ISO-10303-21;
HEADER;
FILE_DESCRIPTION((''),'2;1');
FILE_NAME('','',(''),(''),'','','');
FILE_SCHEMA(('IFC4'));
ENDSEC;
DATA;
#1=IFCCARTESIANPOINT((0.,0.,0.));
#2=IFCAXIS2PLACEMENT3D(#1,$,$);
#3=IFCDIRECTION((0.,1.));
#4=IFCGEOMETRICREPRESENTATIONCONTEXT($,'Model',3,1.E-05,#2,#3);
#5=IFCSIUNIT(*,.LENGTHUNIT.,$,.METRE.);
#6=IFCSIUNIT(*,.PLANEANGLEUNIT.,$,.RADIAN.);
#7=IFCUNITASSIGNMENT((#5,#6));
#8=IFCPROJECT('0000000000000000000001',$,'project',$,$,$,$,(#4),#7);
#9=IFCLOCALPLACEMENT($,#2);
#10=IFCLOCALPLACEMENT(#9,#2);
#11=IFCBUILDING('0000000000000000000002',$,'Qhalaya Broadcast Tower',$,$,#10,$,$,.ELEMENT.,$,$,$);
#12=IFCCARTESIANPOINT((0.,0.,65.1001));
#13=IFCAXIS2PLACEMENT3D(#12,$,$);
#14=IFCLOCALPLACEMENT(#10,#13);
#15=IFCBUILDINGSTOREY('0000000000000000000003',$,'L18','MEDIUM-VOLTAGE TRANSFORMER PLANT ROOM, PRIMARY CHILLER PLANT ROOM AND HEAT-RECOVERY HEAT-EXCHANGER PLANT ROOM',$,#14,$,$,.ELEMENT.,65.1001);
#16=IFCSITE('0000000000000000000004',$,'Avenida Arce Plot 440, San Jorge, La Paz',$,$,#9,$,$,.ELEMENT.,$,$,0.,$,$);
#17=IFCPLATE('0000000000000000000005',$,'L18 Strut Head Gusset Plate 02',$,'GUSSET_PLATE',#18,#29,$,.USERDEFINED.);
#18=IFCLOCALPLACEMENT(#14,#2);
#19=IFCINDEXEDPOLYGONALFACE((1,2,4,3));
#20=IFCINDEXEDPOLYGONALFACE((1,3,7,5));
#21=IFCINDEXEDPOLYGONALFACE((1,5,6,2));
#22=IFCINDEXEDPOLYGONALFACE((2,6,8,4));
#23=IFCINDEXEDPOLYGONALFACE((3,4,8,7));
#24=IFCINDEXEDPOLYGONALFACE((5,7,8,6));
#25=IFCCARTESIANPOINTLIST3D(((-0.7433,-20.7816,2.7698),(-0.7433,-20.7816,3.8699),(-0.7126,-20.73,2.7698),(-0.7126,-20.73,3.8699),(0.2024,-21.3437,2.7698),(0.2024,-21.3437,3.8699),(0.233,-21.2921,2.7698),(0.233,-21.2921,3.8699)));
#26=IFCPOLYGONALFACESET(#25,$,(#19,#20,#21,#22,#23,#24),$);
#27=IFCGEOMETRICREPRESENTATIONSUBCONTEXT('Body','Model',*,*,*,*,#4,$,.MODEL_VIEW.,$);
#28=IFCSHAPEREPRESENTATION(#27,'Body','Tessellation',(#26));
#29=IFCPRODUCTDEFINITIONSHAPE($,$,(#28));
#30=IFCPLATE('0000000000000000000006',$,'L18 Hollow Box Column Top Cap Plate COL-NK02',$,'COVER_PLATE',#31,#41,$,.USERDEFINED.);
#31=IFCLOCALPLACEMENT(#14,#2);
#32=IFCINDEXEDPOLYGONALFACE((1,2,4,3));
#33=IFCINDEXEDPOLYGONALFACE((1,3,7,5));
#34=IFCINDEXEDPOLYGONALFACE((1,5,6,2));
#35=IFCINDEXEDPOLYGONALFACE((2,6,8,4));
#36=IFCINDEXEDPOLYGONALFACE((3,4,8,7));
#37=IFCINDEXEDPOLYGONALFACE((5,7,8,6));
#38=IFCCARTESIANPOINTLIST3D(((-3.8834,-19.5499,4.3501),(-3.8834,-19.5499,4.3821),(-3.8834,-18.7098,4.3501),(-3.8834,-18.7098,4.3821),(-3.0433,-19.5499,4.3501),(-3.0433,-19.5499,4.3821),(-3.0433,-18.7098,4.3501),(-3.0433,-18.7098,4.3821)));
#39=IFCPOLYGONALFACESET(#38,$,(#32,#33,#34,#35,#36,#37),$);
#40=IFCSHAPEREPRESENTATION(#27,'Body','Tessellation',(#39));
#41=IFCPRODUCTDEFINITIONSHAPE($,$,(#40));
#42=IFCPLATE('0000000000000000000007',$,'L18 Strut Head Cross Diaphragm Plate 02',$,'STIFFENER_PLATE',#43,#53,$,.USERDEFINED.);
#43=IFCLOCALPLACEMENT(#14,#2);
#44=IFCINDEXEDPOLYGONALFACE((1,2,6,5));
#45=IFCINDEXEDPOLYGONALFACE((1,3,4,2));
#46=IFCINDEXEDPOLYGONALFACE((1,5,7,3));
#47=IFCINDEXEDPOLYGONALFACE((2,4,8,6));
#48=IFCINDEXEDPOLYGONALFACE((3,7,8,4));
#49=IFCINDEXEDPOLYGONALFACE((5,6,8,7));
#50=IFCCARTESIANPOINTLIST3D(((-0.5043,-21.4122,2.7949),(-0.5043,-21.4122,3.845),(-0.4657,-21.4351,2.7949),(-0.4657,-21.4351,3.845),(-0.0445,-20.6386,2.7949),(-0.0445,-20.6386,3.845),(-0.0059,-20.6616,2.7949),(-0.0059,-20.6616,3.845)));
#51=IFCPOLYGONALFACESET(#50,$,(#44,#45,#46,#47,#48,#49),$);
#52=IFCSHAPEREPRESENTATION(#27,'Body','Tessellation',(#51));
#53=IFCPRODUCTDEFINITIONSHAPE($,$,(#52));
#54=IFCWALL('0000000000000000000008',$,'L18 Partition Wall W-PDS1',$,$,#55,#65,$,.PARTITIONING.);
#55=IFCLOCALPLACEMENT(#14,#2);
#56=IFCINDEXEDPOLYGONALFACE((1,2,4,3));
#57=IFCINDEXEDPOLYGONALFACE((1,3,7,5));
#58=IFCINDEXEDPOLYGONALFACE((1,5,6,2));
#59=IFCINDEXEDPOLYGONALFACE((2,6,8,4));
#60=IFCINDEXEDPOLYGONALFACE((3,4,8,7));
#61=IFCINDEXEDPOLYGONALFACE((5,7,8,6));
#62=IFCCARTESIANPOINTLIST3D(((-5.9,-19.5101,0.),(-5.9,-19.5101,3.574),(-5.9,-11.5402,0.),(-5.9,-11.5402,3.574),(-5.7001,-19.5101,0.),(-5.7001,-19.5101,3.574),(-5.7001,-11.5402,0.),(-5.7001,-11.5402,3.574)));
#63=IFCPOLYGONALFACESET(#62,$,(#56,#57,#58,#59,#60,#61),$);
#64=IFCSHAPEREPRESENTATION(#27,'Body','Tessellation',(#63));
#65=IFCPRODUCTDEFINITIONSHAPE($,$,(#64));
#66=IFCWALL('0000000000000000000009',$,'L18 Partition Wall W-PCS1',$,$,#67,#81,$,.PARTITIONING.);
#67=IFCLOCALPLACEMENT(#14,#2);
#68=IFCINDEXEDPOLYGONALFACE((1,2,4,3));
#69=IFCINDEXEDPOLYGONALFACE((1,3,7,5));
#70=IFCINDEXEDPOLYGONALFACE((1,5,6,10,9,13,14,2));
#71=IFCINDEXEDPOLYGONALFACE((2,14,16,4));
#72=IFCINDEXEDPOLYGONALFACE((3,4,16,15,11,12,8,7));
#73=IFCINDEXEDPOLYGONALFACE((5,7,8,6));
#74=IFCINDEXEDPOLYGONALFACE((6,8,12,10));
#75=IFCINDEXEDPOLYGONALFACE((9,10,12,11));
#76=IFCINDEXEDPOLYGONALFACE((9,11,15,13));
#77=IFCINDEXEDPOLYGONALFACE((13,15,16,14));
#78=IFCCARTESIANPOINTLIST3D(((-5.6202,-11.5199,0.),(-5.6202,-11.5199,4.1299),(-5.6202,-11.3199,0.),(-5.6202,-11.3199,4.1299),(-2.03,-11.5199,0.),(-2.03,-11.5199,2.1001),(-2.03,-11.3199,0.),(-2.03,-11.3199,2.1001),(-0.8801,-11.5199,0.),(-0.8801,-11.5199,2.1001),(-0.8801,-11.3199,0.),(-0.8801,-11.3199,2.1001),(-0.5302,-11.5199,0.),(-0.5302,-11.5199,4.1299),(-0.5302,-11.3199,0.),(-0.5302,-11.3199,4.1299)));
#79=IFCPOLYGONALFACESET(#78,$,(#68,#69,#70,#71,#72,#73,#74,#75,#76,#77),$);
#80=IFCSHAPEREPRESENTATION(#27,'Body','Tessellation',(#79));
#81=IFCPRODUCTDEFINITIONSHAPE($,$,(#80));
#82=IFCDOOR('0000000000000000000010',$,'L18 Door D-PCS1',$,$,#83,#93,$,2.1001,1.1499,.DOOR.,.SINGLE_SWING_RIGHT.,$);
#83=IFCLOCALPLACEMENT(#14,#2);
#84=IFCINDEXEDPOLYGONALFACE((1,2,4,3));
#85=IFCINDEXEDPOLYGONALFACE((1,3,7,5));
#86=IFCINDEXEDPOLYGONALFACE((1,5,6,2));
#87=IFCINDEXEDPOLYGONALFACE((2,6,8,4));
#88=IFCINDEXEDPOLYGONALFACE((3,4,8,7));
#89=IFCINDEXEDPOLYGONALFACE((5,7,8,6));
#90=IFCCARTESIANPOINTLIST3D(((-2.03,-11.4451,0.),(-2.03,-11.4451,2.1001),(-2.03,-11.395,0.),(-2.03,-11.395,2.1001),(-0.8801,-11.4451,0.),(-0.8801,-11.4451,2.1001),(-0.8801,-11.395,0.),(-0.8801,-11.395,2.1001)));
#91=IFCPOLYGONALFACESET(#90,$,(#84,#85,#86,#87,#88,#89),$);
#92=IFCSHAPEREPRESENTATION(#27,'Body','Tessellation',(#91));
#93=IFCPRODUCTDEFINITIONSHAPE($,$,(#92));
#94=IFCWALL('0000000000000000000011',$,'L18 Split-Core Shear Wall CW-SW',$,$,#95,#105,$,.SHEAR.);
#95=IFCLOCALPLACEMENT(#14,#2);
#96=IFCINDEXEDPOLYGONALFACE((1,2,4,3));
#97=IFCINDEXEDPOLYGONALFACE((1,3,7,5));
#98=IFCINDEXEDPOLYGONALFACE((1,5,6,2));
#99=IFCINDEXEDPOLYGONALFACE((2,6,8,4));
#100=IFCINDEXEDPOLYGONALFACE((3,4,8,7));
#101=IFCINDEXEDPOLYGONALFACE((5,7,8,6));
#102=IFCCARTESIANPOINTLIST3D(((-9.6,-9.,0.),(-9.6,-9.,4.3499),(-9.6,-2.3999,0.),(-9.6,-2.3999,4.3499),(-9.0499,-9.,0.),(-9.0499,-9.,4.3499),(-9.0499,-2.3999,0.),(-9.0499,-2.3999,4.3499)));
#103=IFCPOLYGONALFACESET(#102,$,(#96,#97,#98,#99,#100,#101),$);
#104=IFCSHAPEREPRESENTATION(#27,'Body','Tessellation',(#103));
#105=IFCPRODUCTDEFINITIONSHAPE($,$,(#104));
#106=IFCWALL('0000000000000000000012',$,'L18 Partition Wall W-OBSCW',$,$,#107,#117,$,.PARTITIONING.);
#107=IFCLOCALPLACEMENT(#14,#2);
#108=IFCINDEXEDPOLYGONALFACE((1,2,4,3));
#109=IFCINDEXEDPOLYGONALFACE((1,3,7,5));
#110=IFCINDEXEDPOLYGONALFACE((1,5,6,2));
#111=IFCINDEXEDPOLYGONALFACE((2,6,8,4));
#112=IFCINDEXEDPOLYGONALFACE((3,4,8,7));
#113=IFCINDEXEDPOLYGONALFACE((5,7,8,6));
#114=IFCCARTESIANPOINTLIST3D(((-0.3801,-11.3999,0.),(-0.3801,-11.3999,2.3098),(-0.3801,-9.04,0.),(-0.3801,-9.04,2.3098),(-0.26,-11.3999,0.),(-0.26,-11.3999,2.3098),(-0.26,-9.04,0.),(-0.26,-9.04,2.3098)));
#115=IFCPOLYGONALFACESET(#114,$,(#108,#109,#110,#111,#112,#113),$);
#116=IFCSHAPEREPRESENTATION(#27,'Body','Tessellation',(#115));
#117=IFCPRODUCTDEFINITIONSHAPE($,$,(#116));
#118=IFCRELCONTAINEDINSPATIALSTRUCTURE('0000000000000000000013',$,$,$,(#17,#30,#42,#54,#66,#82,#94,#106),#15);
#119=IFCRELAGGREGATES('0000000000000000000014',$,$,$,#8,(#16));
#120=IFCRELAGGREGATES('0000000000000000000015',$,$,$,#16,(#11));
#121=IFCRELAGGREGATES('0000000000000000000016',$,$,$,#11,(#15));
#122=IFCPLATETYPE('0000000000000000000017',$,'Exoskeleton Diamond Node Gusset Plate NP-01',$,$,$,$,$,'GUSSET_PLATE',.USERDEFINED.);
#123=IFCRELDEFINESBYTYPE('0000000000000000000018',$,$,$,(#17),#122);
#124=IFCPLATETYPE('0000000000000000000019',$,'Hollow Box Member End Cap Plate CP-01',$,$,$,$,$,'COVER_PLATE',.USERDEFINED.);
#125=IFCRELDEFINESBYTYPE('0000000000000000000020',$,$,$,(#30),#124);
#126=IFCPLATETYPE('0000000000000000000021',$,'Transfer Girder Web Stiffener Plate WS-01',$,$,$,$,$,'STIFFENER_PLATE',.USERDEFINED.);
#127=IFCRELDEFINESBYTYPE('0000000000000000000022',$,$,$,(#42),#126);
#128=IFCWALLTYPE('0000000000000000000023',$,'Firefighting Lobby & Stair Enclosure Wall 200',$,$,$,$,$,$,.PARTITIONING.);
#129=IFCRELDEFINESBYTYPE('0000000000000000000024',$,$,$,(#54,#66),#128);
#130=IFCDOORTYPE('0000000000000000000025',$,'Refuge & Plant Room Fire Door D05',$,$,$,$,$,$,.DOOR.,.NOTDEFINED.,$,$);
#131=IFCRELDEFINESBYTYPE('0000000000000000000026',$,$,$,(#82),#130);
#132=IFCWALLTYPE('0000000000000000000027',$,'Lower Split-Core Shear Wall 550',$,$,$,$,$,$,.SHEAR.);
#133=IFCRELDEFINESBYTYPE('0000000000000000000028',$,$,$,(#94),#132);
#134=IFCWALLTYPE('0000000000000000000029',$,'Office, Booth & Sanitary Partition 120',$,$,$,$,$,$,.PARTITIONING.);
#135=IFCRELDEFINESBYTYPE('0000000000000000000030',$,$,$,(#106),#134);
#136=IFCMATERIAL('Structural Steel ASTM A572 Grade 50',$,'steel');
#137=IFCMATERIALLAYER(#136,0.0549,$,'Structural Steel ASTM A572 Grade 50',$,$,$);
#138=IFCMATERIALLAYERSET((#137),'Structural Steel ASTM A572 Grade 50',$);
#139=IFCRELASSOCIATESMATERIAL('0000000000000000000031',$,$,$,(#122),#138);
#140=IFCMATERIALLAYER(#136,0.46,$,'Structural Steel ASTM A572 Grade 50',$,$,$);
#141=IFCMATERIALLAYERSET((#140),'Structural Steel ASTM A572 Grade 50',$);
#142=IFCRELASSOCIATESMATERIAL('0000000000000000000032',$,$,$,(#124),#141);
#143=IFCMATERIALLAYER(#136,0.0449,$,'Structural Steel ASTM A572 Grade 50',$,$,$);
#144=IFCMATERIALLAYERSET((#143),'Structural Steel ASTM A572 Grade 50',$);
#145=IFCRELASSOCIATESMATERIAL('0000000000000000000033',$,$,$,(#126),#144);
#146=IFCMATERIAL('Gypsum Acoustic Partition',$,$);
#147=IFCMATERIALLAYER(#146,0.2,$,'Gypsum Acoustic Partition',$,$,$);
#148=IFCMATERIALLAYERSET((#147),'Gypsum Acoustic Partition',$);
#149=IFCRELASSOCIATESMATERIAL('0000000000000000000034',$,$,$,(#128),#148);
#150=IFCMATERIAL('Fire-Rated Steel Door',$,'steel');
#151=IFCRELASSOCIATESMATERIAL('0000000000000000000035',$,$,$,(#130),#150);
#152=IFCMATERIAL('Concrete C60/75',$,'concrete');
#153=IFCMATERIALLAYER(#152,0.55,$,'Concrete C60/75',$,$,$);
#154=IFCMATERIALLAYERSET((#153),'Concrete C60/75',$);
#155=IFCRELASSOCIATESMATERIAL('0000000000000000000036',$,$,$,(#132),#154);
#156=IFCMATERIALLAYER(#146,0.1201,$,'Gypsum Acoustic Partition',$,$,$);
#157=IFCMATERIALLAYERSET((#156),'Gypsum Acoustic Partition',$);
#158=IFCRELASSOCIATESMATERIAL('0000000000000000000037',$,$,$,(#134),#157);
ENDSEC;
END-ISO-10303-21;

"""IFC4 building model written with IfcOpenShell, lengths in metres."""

from ifc_helpers import new_model, si_unit, direction, frame, frame_2d, origin, origin_2d, place, context, subcontext, project, spatial, rectangle, extrude, material, layer, layer_set, type_object, element, fill, save


model = new_model("IFC4")

# Units and contexts
model_context = context("Model", 3, precision=1e-05, world=origin(), true_north=direction((0.0, 1.0)))
body_context = subcontext(model_context, "Body", "Model", "MODEL_VIEW")
ifc_project = project(units=[si_unit("LENGTHUNIT", "METRE"), si_unit("PLANEANGLEUNIT", "RADIAN")], contexts=[model_context])

# Site, building, storey
site_placement = place(None, origin())
site = spatial("IfcSite", under=ifc_project, at=site_placement, Name="Avenida Arce Plot 440, San Jorge, La Paz", CompositionType="ELEMENT", RefElevation=0.0)
building_placement = place(site_placement, origin())
building = spatial("IfcBuilding", under=site, at=building_placement, Name="Qhalaya Broadcast Tower", CompositionType="ELEMENT")
storey_placement = place(building_placement, frame((0.0, 0.0, 65.1001)))
storey = spatial("IfcBuildingStorey", under=building, at=storey_placement, Name="L18", Description="MEDIUM-VOLTAGE TRANSFORMER PLANT ROOM, PRIMARY CHILLER PLANT ROOM AND HEAT-RECOVERY HEAT-EXCHANGER PLANT ROOM", CompositionType="ELEMENT", Elevation=65.1001)

# Shared definitions
ifc_material_1 = material(Name="Structural Steel ASTM A572 Grade 50", Category="steel")

# Plates
ifc_layer_1 = layer(ifc_material_1, 0.0549, Name="Structural Steel ASTM A572 Grade 50")
ifc_layer_set_1 = layer_set([ifc_layer_1], Name="Structural Steel ASTM A572 Grade 50")
plate_type_1 = type_object("IfcPlateType", Name="Exoskeleton Diamond Node Gusset Plate NP-01", ElementType="GUSSET_PLATE", PredefinedType="USERDEFINED", material=ifc_layer_set_1)
for number, where, z_axis, x_axis, name in (
    (1, (-0.2551, -21.0369, 2.7698), (0.0, 0.0, 1.0), (0.859612, -0.510948, 0.0), "L18 Strut Head Gusset Plate 02"),
):
    element("IfcPlate", number, at=place(storey_placement, frame(where, z_axis=z_axis, x_axis=x_axis)), inside=storey, type_object=plate_type_1, Name=name, ObjectType="GUSSET_PLATE", PredefinedType="USERDEFINED", context=body_context, shape_type="SweptSolid", body=[
        extrude(rectangle(XDim=1.1001, YDim=0.0601, at=origin_2d()), origin(), (0.0, 0.0, 1.0), 1.1001),
    ])
ifc_layer_2 = layer(ifc_material_1, 0.46, Name="Structural Steel ASTM A572 Grade 50")
ifc_layer_set_2 = layer_set([ifc_layer_2], Name="Structural Steel ASTM A572 Grade 50")
plate_type_2 = type_object("IfcPlateType", Name="Hollow Box Member End Cap Plate CP-01", ElementType="COVER_PLATE", PredefinedType="USERDEFINED", material=ifc_layer_set_2)
plate_1_placement = place(storey_placement, frame((-3.4634, -19.1299, 4.3501), z_axis=(0.0, 0.0, 1.0), x_axis=(1.0, 0.0, 0.0)))
element("IfcPlate", 2, at=plate_1_placement, inside=storey, type_object=plate_type_2, Name="L18 Hollow Box Column Top Cap Plate COL-NK02", ObjectType="COVER_PLATE", PredefinedType="USERDEFINED", context=body_context, shape_type="SweptSolid", body=[
    extrude(rectangle(XDim=0.8401, YDim=0.8401, at=origin_2d()), origin(), (0.0, 0.0, 1.0), 0.032),
])
ifc_layer_3 = layer(ifc_material_1, 0.0449, Name="Structural Steel ASTM A572 Grade 50")
ifc_layer_set_3 = layer_set([ifc_layer_3], Name="Structural Steel ASTM A572 Grade 50")
plate_type_3 = type_object("IfcPlateType", Name="Transfer Girder Web Stiffener Plate WS-01", ElementType="STIFFENER_PLATE", PredefinedType="USERDEFINED", material=ifc_layer_set_3)
plate_2_placement = place(storey_placement, frame((-0.2551, -21.0369, 2.7949), z_axis=(0.0, 0.0, 1.0), x_axis=(0.510948, 0.859612, 0.0)))
element("IfcPlate", 3, at=plate_2_placement, inside=storey, type_object=plate_type_3, Name="L18 Strut Head Cross Diaphragm Plate 02", ObjectType="STIFFENER_PLATE", PredefinedType="USERDEFINED", context=body_context, shape_type="SweptSolid", body=[
    extrude(rectangle(XDim=0.8999, YDim=0.0449, at=origin_2d()), origin(), (0.0, 0.0, 1.0), 1.05),
])

# Wall
ifc_material_2 = material(Name="Gypsum Acoustic Partition")
ifc_layer_4 = layer(ifc_material_2, 0.2, Name="Gypsum Acoustic Partition")
ifc_layer_set_4 = layer_set([ifc_layer_4], Name="Gypsum Acoustic Partition")
wall_type_1 = type_object("IfcWallType", Name="Firefighting Lobby & Stair Enclosure Wall 200", PredefinedType="PARTITIONING", material=ifc_layer_set_4)
wall_1_placement = place(storey_placement, frame((-5.8, -19.51, 0.0), z_axis=(0.0, 0.0, 1.0), x_axis=(0.0, 1.0, 0.0)))
element("IfcWall", 4, at=wall_1_placement, inside=storey, type_object=wall_type_1, Name="L18 Partition Wall W-PDS1", PredefinedType="PARTITIONING", context=body_context, shape_type="SweptSolid", body=[
    extrude(rectangle(XDim=7.97, YDim=0.2, at=frame_2d((3.9849, 0.0))), origin(), (0.0, 0.0, 1.0), 3.574),
])

# Wall, opening, door
wall_2_placement = place(storey_placement, frame((-5.6201, -11.4199, 0.0), z_axis=(0.0, 0.0, 1.0), x_axis=(1.0, 0.0, 0.0)))
wall_2 = element("IfcWall", 5, at=wall_2_placement, inside=storey, type_object=wall_type_1, Name="L18 Partition Wall W-PCS1", PredefinedType="PARTITIONING", context=body_context, shape_type="SweptSolid", body=[
    extrude(rectangle(XDim=5.0901, YDim=0.2, at=frame_2d((2.5449, 0.0))), origin(), (0.0, 0.0, 1.0), 4.1299),
])
opening_placement = place(wall_2_placement, frame((3.5901, 0.0, 0.0)))
opening = element("IfcOpeningElement", 6, at=opening_placement, cuts=wall_2, PredefinedType="OPENING", context=body_context, shape_type="SweptSolid", body=[
    extrude(rectangle(XDim=1.1499, YDim=2.1001, at=frame_2d((0.575, 1.05))), frame((0.0, 0.1121, 0.0), z_axis=(0.0, -1.0, 0.0), x_axis=(1.0, 0.0, 0.0)), (0.0, 0.0, 1.0), 0.2239),
])
ifc_material_3 = material(Name="Fire-Rated Steel Door", Category="steel")
door_type = type_object("IfcDoorType", Name="Refuge & Plant Room Fire Door D05", OperationType="NOTDEFINED", PredefinedType="DOOR", material=ifc_material_3)
door_placement = place(opening_placement, origin())
door = element("IfcDoor", 7, at=door_placement, inside=storey, type_object=door_type, Name="L18 Door D-PCS1", OperationType="SINGLE_SWING_RIGHT", OverallHeight=2.1001, OverallWidth=1.1499, PredefinedType="DOOR", context=body_context, shape_type="SweptSolid", body=[
    extrude(rectangle(XDim=1.1499, YDim=2.1001, at=frame_2d((0.575, 1.05))), frame((0.0, 0.0249, 0.0), z_axis=(0.0, -1.0, 0.0), x_axis=(1.0, 0.0, 0.0)), (0.0, 0.0, 1.0), 0.05),
])
fill(opening, door)

# Walls
ifc_material_4 = material(Name="Concrete C60/75", Category="concrete")
ifc_layer_5 = layer(ifc_material_4, 0.55, Name="Concrete C60/75")
ifc_layer_set_5 = layer_set([ifc_layer_5], Name="Concrete C60/75")
wall_type_2 = type_object("IfcWallType", Name="Lower Split-Core Shear Wall 550", PredefinedType="SHEAR", material=ifc_layer_set_5)
wall_3_placement = place(storey_placement, frame((-9.325, -9.0, 0.0), z_axis=(0.0, 0.0, 1.0), x_axis=(0.0, 1.0, 0.0)))
element("IfcWall", 8, at=wall_3_placement, inside=storey, type_object=wall_type_2, Name="L18 Split-Core Shear Wall CW-SW", PredefinedType="SHEAR", context=body_context, shape_type="SweptSolid", body=[
    extrude(rectangle(XDim=6.6001, YDim=0.55, at=frame_2d((3.3, 0.0))), origin(), (0.0, 0.0, 1.0), 4.3499),
])
ifc_layer_6 = layer(ifc_material_2, 0.1201, Name="Gypsum Acoustic Partition")
ifc_layer_set_6 = layer_set([ifc_layer_6], Name="Gypsum Acoustic Partition")
wall_type_3 = type_object("IfcWallType", Name="Office, Booth & Sanitary Partition 120", PredefinedType="PARTITIONING", material=ifc_layer_set_6)
wall_4_placement = place(storey_placement, frame((-0.3201, -11.3999, 0.0), z_axis=(0.0, 0.0, 1.0), x_axis=(0.0, 1.0, 0.0)))
element("IfcWall", 9, at=wall_4_placement, inside=storey, type_object=wall_type_3, Name="L18 Partition Wall W-OBSCW", PredefinedType="PARTITIONING", context=body_context, shape_type="SweptSolid", body=[
    extrude(rectangle(XDim=2.3599, YDim=0.1201, at=frame_2d((1.1799, 0.0))), origin(), (0.0, 0.0, 1.0), 2.3098),
])

save(model, "model.ifc")
